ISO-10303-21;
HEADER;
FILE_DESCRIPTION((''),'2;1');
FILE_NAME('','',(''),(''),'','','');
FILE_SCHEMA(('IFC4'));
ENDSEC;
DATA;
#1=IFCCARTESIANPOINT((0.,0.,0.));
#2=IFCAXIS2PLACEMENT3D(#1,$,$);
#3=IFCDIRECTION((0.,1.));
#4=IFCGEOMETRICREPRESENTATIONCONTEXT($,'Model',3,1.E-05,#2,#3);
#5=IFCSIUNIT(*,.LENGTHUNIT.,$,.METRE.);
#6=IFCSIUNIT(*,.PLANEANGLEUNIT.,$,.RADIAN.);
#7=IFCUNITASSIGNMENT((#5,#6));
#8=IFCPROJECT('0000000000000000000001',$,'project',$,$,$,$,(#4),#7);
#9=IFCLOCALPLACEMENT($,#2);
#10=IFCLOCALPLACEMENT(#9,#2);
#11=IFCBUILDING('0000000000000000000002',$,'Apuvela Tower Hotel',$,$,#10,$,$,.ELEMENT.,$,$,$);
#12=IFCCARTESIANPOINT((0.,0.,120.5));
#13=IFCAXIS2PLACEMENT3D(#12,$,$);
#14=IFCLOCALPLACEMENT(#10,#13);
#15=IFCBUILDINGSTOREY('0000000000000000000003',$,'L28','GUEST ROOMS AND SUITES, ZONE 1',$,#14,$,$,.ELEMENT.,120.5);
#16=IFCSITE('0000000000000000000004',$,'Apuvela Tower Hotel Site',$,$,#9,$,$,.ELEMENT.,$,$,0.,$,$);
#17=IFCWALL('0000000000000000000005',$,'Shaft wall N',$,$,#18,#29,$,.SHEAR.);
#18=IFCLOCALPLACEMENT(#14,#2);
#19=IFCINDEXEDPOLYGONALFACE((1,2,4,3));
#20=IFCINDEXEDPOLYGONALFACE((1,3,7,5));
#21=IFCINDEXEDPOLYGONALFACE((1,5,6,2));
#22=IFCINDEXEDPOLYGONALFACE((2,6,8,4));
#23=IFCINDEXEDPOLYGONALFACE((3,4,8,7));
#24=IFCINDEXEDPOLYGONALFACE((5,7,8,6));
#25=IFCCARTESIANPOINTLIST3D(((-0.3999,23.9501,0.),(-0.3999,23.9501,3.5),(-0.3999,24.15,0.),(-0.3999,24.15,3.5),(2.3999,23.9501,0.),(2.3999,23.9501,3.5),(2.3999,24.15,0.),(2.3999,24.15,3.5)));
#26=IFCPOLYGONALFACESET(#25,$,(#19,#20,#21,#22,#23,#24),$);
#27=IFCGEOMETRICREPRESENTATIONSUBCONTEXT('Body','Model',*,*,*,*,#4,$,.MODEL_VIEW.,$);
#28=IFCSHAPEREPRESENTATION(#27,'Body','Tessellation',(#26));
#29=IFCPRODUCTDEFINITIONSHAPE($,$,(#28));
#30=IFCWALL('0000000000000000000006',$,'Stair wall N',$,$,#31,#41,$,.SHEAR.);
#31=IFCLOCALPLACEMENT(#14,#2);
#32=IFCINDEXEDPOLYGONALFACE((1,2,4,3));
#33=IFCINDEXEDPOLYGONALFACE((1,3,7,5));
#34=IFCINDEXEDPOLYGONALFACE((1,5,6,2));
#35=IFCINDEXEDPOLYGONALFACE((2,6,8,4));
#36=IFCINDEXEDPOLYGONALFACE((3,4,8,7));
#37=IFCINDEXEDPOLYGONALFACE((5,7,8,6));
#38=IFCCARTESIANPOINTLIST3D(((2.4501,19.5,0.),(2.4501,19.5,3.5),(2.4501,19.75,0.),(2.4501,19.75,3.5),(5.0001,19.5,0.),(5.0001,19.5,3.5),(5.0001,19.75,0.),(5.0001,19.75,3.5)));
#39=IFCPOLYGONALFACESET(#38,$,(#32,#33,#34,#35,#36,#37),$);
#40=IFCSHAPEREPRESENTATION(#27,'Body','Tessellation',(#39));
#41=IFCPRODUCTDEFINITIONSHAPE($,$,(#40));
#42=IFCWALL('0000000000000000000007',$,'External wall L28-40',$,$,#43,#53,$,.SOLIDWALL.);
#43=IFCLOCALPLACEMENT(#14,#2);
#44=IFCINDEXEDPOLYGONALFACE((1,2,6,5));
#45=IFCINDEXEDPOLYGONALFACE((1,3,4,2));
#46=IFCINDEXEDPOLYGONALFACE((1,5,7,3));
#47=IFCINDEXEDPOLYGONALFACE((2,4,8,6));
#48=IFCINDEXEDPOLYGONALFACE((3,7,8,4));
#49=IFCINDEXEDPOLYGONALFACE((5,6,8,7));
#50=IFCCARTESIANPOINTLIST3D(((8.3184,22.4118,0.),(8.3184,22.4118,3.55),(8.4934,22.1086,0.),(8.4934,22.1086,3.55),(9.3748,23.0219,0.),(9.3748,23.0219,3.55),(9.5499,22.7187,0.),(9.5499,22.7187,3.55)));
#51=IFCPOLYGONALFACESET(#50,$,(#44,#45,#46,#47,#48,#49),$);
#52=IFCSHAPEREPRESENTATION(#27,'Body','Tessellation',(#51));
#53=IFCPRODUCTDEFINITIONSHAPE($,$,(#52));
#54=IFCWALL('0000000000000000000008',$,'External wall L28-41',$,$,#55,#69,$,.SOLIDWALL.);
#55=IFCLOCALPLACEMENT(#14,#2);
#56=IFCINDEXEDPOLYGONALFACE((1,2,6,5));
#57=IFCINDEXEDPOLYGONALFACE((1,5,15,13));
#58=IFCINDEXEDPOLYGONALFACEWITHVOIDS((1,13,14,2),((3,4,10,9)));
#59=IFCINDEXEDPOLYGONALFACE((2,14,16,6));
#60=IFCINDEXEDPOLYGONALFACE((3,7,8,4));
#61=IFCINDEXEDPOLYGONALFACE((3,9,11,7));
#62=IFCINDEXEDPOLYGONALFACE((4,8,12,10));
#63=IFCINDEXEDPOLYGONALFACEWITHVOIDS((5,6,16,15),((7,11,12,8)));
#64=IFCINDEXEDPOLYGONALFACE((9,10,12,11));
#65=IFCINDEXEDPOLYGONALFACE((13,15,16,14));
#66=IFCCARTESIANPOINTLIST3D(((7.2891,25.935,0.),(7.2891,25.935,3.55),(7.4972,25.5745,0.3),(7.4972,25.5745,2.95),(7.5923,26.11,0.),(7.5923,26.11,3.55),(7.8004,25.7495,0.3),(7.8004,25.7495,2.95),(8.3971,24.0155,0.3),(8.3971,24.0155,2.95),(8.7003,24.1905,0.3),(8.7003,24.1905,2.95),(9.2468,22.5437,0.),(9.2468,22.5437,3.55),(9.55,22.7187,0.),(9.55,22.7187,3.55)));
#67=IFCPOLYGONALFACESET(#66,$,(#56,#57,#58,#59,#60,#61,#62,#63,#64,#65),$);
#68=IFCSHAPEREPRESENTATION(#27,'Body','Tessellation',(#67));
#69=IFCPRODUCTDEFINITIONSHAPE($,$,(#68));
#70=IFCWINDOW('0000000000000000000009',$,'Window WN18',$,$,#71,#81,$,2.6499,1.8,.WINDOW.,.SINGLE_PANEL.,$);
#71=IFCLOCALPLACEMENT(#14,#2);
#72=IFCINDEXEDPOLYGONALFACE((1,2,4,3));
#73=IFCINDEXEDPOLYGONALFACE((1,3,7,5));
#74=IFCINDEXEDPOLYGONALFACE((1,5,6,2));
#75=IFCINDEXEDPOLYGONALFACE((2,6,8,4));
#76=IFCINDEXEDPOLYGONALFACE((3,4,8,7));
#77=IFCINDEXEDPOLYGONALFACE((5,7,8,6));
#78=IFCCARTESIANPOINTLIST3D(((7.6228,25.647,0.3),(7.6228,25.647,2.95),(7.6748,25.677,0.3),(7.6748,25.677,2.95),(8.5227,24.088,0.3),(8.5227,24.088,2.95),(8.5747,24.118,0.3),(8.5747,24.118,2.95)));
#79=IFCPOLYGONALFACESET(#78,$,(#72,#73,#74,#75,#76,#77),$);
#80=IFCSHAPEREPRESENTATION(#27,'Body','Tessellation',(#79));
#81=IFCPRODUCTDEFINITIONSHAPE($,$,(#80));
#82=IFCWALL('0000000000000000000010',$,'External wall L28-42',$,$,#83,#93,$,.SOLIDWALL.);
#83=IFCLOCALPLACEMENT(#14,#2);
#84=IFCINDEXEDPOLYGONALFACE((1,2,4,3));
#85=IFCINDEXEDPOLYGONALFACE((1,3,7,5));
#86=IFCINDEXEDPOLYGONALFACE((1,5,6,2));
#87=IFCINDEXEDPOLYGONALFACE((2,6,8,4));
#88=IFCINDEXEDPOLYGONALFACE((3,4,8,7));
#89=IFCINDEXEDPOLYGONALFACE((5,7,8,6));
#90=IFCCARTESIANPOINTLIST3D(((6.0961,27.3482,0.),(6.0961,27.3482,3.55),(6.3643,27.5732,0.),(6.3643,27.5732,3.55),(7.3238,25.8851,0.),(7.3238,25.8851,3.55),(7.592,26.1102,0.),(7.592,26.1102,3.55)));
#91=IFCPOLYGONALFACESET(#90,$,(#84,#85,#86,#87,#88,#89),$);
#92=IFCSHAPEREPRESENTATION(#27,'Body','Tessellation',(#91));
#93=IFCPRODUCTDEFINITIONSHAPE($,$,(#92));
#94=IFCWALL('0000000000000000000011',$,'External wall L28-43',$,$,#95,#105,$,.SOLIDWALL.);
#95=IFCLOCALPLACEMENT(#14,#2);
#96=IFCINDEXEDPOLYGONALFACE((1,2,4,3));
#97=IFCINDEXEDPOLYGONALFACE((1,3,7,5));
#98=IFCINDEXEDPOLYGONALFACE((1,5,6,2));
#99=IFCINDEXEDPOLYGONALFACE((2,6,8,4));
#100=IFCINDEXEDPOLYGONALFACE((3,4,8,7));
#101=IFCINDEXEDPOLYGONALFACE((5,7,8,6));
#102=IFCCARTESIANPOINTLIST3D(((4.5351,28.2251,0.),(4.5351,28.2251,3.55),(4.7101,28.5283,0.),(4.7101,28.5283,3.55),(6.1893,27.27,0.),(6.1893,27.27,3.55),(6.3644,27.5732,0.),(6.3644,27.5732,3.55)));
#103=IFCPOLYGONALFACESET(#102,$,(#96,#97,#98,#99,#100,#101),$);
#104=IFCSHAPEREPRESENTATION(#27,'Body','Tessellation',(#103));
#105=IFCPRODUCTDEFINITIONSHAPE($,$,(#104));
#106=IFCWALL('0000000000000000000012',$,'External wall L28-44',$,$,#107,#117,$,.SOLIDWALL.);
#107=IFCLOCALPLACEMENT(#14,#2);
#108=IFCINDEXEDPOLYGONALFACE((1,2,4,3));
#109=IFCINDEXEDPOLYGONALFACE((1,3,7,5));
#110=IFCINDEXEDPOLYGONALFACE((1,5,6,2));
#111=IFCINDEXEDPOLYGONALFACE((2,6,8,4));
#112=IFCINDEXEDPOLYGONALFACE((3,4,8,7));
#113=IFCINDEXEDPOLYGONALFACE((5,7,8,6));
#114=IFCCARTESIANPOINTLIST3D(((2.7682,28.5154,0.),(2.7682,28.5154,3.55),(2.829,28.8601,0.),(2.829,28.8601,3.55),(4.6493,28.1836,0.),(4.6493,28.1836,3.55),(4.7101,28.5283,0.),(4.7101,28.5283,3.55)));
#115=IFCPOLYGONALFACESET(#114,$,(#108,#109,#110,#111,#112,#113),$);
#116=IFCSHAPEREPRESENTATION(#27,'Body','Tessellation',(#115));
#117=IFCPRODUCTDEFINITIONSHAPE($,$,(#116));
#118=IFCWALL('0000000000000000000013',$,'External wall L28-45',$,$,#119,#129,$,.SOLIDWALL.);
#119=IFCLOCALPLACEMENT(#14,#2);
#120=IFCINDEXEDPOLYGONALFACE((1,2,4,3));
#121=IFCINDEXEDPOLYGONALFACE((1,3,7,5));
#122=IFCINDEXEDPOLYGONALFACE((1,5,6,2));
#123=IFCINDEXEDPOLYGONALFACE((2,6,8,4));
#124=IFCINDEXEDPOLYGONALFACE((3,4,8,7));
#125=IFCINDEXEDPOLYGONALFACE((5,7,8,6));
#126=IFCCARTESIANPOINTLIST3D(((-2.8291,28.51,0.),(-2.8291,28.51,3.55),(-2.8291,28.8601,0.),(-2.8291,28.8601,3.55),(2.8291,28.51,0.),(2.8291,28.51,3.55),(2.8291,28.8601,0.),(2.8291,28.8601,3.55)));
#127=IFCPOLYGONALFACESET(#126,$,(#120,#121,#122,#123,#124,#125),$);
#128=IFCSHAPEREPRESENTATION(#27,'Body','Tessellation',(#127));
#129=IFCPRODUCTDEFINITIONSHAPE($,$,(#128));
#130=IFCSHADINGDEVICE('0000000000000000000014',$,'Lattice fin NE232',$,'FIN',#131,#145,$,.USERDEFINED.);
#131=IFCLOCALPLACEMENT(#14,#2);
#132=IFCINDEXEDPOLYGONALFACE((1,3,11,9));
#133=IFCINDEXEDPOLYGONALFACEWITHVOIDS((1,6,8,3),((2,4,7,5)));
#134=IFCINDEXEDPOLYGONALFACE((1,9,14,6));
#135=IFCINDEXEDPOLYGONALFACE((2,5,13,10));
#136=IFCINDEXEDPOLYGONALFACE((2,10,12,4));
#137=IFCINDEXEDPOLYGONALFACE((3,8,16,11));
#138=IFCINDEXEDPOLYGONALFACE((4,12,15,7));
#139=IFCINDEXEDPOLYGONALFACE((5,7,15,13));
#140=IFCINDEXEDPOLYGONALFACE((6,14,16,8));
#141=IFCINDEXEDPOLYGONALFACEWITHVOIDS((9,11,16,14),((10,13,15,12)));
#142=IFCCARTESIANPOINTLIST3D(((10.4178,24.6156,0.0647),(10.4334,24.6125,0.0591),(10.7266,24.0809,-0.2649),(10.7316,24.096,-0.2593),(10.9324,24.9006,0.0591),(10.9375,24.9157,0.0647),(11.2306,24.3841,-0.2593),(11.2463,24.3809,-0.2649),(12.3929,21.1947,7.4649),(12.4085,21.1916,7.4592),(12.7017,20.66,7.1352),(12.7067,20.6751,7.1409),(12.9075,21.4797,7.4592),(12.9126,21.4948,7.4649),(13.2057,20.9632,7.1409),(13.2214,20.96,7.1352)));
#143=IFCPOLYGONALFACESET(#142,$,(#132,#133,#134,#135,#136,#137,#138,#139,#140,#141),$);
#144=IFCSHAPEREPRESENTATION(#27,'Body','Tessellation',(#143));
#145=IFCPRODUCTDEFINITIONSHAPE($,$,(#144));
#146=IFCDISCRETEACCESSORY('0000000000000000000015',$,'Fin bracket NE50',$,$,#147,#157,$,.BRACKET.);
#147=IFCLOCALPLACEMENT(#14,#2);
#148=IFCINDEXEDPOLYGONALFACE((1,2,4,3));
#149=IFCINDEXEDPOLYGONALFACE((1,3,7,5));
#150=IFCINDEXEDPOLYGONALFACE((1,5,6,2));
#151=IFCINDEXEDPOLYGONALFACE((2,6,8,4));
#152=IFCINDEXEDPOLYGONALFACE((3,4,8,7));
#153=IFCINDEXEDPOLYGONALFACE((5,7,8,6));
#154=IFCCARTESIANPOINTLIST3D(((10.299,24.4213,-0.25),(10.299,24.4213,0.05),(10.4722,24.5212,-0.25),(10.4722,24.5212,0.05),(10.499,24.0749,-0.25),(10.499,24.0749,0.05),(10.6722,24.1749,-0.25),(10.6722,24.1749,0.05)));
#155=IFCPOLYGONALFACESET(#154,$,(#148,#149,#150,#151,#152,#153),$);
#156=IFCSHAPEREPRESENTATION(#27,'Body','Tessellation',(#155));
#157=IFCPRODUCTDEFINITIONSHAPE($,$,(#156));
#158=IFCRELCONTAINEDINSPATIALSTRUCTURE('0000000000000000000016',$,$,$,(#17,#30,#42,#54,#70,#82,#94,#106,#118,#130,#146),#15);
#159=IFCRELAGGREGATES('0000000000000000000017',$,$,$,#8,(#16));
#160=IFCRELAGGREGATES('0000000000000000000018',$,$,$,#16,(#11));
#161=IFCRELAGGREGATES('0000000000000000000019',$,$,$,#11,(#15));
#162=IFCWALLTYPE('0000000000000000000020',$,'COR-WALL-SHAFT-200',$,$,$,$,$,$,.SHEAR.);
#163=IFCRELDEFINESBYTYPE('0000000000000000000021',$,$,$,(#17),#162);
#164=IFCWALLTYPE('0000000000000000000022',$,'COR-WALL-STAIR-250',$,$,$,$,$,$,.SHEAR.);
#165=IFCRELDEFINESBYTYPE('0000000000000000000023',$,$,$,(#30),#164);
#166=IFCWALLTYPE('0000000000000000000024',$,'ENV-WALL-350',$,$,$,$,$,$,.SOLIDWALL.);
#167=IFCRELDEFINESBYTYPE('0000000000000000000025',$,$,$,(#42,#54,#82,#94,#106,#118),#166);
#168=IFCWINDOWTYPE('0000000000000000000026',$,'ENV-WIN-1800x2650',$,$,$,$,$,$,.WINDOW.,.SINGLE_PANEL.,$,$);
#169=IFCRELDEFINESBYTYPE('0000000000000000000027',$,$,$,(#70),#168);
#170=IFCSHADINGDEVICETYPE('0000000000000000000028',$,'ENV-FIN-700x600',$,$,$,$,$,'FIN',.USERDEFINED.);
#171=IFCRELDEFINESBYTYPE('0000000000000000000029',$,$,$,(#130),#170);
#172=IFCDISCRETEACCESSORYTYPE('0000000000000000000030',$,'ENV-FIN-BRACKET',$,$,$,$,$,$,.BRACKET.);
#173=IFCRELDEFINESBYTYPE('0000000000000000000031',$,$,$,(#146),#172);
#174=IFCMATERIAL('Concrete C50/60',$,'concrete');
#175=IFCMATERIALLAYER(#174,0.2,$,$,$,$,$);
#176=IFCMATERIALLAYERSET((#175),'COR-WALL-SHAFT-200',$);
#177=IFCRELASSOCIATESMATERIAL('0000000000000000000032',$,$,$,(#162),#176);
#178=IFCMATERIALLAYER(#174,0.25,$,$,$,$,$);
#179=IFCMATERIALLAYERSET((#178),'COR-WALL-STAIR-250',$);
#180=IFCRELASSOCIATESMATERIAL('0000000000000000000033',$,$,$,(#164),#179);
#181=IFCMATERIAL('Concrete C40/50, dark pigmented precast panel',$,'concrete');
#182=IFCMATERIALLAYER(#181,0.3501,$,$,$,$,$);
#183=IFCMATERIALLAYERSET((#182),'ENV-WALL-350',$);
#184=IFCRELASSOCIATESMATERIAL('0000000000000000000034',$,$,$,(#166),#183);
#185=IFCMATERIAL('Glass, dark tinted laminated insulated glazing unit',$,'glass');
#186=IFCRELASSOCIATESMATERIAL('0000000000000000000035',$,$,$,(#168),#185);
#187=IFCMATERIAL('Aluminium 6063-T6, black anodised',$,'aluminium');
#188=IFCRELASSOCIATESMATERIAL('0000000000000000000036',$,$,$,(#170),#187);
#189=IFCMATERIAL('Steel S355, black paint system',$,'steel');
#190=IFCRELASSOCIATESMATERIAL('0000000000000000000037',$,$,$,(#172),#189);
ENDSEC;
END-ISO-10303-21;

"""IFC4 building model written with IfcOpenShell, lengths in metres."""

from ifc_helpers import new_model, si_unit, direction, frame, frame_2d, origin, origin_2d, place, context, subcontext, project, spatial, rectangle, hollow_rectangle, extrude, material, layer, layer_set, material_profile, profile_set, type_object, element, fill, save


model = new_model("IFC4")

# Units and contexts
model_context = context("Model", 3, precision=1e-05, world=origin(), true_north=direction((0.0, 1.0)))
body_context = subcontext(model_context, "Body", "Model", "MODEL_VIEW")
ifc_project = project(units=[si_unit("LENGTHUNIT", "METRE"), si_unit("PLANEANGLEUNIT", "RADIAN")], contexts=[model_context])

# Site, building, storey
site_placement = place(None, origin())
site = spatial("IfcSite", under=ifc_project, at=site_placement, Name="Apuvela Tower Hotel Site", CompositionType="ELEMENT", RefElevation=0.0)
building_placement = place(site_placement, origin())
building = spatial("IfcBuilding", under=site, at=building_placement, Name="Apuvela Tower Hotel", CompositionType="ELEMENT")
storey_placement = place(building_placement, frame((0.0, 0.0, 120.5)))
storey = spatial("IfcBuildingStorey", under=building, at=storey_placement, Name="L28", Description="GUEST ROOMS AND SUITES, ZONE 1", CompositionType="ELEMENT", Elevation=120.5)

# Walls
ifc_material_1 = material(Name="Concrete C50/60", Category="concrete")
ifc_layer_1 = layer(ifc_material_1, 0.2)
ifc_layer_set_1 = layer_set([ifc_layer_1], Name="COR-WALL-SHAFT-200")
wall_type_1 = type_object("IfcWallType", Name="COR-WALL-SHAFT-200", PredefinedType="SHEAR", material=ifc_layer_set_1)
wall_1_placement = place(storey_placement, frame((2.3999, 24.05, 0.0), z_axis=(0.0, 0.0, 1.0), x_axis=(-1.0, 0.0, 0.0)))
element("IfcWall", 1, at=wall_1_placement, inside=storey, type_object=wall_type_1, Name="Shaft wall N", PredefinedType="SHEAR", context=body_context, shape_type="SweptSolid", body=[
    extrude(rectangle(XDim=2.7998, YDim=0.2, at=frame_2d((1.3999, 0.0))), origin(), (0.0, 0.0, 1.0), 3.5),
])
ifc_layer_2 = layer(ifc_material_1, 0.25)
ifc_layer_set_2 = layer_set([ifc_layer_2], Name="COR-WALL-STAIR-250")
wall_type_2 = type_object("IfcWallType", Name="COR-WALL-STAIR-250", PredefinedType="SHEAR", material=ifc_layer_set_2)
wall_2_placement = place(storey_placement, frame((5.0, 19.625, 0.0), z_axis=(0.0, 0.0, 1.0), x_axis=(-1.0, 0.0, 0.0)))
element("IfcWall", 2, at=wall_2_placement, inside=storey, type_object=wall_type_2, Name="Stair wall N", PredefinedType="SHEAR", context=body_context, shape_type="SweptSolid", body=[
    extrude(rectangle(XDim=2.55, YDim=0.25, at=frame_2d((1.2749, 0.0))), origin(), (0.0, 0.0, 1.0), 3.5),
])
ifc_material_2 = material(Name="Concrete C40/50, dark pigmented precast panel", Category="concrete")
ifc_layer_3 = layer(ifc_material_2, 0.3501)
ifc_layer_set_3 = layer_set([ifc_layer_3], Name="ENV-WALL-350")
wall_type_3 = type_object("IfcWallType", Name="ENV-WALL-350", PredefinedType="SOLIDWALL", material=ifc_layer_set_3)
wall_3_placement = place(storey_placement, frame((8.406, 22.2603, 0.0), z_axis=(0.0, 0.0, 1.0), x_axis=(0.865956, 0.500121, 0.0)))
element("IfcWall", 3, at=wall_3_placement, inside=storey, type_object=wall_type_3, Name="External wall L28-40", PredefinedType="SOLIDWALL", context=body_context, shape_type="SweptSolid", body=[
    extrude(rectangle(XDim=1.22, YDim=0.3501, at=frame_2d((0.6099, 0.0))), origin(), (0.0, 0.0, 1.0), 3.55),
])

# Wall, opening, window
wall_4_placement = place(storey_placement, frame((9.3984, 22.6311, 0.0), z_axis=(0.0, 0.0, 1.0), x_axis=(-0.499955, 0.866052, 0.0)))
wall_4 = element("IfcWall", 4, at=wall_4_placement, inside=storey, type_object=wall_type_3, Name="External wall L28-41", PredefinedType="SOLIDWALL", context=body_context, shape_type="SweptSolid", body=[
    extrude(rectangle(XDim=3.9158, YDim=0.3501, at=frame_2d((1.958, 0.0))), origin(), (0.0, 0.0, 1.0), 3.55),
])
opening_placement = place(wall_4_placement, frame((1.6997, 0.0, 0.3)))
opening = element("IfcOpeningElement", 5, at=opening_placement, cuts=wall_4, PredefinedType="OPENING", context=body_context, shape_type="SweptSolid", body=[
    extrude(rectangle(XDim=1.8, YDim=2.6499, at=frame_2d((0.8999, 1.325))), frame((0.0, 0.1851, 0.0), z_axis=(0.0, -1.0, 0.0), x_axis=(1.0, 0.0, 0.0)), (0.0, 0.0, 1.0), 0.3701),
])
ifc_material_3 = material(Name="Glass, dark tinted laminated insulated glazing unit", Category="glass")
window_type = type_object("IfcWindowType", Name="ENV-WIN-1800x2650", PartitioningType="SINGLE_PANEL", PredefinedType="WINDOW", material=ifc_material_3)
window_placement = place(opening_placement, origin())
window = element("IfcWindow", 6, at=window_placement, inside=storey, type_object=window_type, Name="Window WN18", OverallHeight=2.6499, OverallWidth=1.8, PartitioningType="SINGLE_PANEL", PredefinedType="WINDOW", context=body_context, shape_type="SweptSolid", body=[
    extrude(rectangle(XDim=1.8, YDim=2.6499, at=frame_2d((0.8999, 1.325))), frame((0.0, 0.03, 0.0), z_axis=(0.0, -1.0, 0.0), x_axis=(1.0, 0.0, 0.0)), (0.0, 0.0, 1.0), 0.0601),
])
fill(opening, window)

# Walls
wall_5_placement = place(storey_placement, frame((7.458, 25.9976, 0.0), z_axis=(0.0, 0.0, 1.0), x_axis=(-0.642808, 0.766027, 0.0)))
element("IfcWall", 7, at=wall_5_placement, inside=storey, type_object=wall_type_3, Name="External wall L28-42", PredefinedType="SOLIDWALL", context=body_context, shape_type="SweptSolid", body=[
    extrude(rectangle(XDim=1.9099, YDim=0.3501, at=frame_2d((0.9551, 0.0))), origin(), (0.0, 0.0, 1.0), 3.55),
])
for number, where, z_axis, x_axis, name in (
    (8, (6.2769, 27.4216, 0.0), (0.0, 0.0, 1.0), (-0.866032, 0.499988, 0.0), "External wall L28-43"),
    (9, (4.6797, 28.356, 0.0), (0.0, 0.0, 1.0), (-0.984799, 0.173698, 0.0), "External wall L28-44"),
):
    element("IfcWall", number, at=place(storey_placement, frame(where, z_axis=z_axis, x_axis=x_axis)), inside=storey, type_object=wall_type_3, Name=name, PredefinedType="SOLIDWALL", context=body_context, shape_type="SweptSolid", body=[
        extrude(rectangle(XDim=1.9102, YDim=0.3501, at=frame_2d((0.9551, 0.0))), origin(), (0.0, 0.0, 1.0), 3.55),
    ])
wall_6_placement = place(storey_placement, frame((2.8291, 28.6851, 0.0), z_axis=(0.0, 0.0, 1.0), x_axis=(-1.0, 0.0, 0.0)))
element("IfcWall", 10, at=wall_6_placement, inside=storey, type_object=wall_type_3, Name="External wall L28-45", PredefinedType="SOLIDWALL", context=body_context, shape_type="SweptSolid", body=[
    extrude(rectangle(XDim=5.6582, YDim=0.3501, at=frame_2d((2.8291, 0.0))), origin(), (0.0, 0.0, 1.0), 3.55),
])

# Shading device
ifc_material_4 = material(Name="Aluminium 6063-T6, black anodised", Category="aluminium")
ifc_material_profile_1 = material_profile(ifc_material_4, hollow_rectangle(XDim=0.6001, YDim=0.7, WallThickness=0.012, at=origin_2d()), Name="AL BOX 700x600x12")
ifc_profile_set_1 = profile_set([ifc_material_profile_1], Name="Aluminium 6063-T6, black anodised")
shading_device_type = type_object("IfcShadingDeviceType", Name="ENV-FIN-700x600", ElementType="FIN", PredefinedType="USERDEFINED", material=ifc_profile_set_1)
shading_device_placement = place(storey_placement, frame((10.832, 24.4983, -0.1001), z_axis=(0.235455, -0.407812, 0.882185), x_axis=(0.866021, 0.500008, 0.0)))
element("IfcShadingDevice", 11, at=shading_device_placement, inside=storey, type_object=shading_device_type, Name="Lattice fin NE232", ObjectType="FIN", PredefinedType="USERDEFINED", context=body_context, shape_type="SweptSolid", body=[
    extrude(hollow_rectangle(XDim=0.6001, YDim=0.7, WallThickness=0.012, at=origin_2d()), origin(), (0.0, 0.0, 1.0), 8.3884),
])

# Discrete accessory
ifc_material_5 = material(Name="Steel S355, black paint system", Category="steel")
discrete_accessory_type = type_object("IfcDiscreteAccessoryType", Name="ENV-FIN-BRACKET", PredefinedType="BRACKET", material=ifc_material_5)
discrete_accessory_placement = place(storey_placement, frame((10.4856, 24.2981, -0.25), z_axis=(0.0, 0.0, 1.0), x_axis=(-0.5, 0.866025, 0.0)))
element("IfcDiscreteAccessory", 12, at=discrete_accessory_placement, inside=storey, type_object=discrete_accessory_type, Name="Fin bracket NE50", PredefinedType="BRACKET", context=body_context, shape_type="SweptSolid", body=[
    extrude(rectangle(XDim=0.3999, YDim=0.2, at=origin_2d()), origin(), (0.0, 0.0, 1.0), 0.3),
])

save(model, "model.ifc")
